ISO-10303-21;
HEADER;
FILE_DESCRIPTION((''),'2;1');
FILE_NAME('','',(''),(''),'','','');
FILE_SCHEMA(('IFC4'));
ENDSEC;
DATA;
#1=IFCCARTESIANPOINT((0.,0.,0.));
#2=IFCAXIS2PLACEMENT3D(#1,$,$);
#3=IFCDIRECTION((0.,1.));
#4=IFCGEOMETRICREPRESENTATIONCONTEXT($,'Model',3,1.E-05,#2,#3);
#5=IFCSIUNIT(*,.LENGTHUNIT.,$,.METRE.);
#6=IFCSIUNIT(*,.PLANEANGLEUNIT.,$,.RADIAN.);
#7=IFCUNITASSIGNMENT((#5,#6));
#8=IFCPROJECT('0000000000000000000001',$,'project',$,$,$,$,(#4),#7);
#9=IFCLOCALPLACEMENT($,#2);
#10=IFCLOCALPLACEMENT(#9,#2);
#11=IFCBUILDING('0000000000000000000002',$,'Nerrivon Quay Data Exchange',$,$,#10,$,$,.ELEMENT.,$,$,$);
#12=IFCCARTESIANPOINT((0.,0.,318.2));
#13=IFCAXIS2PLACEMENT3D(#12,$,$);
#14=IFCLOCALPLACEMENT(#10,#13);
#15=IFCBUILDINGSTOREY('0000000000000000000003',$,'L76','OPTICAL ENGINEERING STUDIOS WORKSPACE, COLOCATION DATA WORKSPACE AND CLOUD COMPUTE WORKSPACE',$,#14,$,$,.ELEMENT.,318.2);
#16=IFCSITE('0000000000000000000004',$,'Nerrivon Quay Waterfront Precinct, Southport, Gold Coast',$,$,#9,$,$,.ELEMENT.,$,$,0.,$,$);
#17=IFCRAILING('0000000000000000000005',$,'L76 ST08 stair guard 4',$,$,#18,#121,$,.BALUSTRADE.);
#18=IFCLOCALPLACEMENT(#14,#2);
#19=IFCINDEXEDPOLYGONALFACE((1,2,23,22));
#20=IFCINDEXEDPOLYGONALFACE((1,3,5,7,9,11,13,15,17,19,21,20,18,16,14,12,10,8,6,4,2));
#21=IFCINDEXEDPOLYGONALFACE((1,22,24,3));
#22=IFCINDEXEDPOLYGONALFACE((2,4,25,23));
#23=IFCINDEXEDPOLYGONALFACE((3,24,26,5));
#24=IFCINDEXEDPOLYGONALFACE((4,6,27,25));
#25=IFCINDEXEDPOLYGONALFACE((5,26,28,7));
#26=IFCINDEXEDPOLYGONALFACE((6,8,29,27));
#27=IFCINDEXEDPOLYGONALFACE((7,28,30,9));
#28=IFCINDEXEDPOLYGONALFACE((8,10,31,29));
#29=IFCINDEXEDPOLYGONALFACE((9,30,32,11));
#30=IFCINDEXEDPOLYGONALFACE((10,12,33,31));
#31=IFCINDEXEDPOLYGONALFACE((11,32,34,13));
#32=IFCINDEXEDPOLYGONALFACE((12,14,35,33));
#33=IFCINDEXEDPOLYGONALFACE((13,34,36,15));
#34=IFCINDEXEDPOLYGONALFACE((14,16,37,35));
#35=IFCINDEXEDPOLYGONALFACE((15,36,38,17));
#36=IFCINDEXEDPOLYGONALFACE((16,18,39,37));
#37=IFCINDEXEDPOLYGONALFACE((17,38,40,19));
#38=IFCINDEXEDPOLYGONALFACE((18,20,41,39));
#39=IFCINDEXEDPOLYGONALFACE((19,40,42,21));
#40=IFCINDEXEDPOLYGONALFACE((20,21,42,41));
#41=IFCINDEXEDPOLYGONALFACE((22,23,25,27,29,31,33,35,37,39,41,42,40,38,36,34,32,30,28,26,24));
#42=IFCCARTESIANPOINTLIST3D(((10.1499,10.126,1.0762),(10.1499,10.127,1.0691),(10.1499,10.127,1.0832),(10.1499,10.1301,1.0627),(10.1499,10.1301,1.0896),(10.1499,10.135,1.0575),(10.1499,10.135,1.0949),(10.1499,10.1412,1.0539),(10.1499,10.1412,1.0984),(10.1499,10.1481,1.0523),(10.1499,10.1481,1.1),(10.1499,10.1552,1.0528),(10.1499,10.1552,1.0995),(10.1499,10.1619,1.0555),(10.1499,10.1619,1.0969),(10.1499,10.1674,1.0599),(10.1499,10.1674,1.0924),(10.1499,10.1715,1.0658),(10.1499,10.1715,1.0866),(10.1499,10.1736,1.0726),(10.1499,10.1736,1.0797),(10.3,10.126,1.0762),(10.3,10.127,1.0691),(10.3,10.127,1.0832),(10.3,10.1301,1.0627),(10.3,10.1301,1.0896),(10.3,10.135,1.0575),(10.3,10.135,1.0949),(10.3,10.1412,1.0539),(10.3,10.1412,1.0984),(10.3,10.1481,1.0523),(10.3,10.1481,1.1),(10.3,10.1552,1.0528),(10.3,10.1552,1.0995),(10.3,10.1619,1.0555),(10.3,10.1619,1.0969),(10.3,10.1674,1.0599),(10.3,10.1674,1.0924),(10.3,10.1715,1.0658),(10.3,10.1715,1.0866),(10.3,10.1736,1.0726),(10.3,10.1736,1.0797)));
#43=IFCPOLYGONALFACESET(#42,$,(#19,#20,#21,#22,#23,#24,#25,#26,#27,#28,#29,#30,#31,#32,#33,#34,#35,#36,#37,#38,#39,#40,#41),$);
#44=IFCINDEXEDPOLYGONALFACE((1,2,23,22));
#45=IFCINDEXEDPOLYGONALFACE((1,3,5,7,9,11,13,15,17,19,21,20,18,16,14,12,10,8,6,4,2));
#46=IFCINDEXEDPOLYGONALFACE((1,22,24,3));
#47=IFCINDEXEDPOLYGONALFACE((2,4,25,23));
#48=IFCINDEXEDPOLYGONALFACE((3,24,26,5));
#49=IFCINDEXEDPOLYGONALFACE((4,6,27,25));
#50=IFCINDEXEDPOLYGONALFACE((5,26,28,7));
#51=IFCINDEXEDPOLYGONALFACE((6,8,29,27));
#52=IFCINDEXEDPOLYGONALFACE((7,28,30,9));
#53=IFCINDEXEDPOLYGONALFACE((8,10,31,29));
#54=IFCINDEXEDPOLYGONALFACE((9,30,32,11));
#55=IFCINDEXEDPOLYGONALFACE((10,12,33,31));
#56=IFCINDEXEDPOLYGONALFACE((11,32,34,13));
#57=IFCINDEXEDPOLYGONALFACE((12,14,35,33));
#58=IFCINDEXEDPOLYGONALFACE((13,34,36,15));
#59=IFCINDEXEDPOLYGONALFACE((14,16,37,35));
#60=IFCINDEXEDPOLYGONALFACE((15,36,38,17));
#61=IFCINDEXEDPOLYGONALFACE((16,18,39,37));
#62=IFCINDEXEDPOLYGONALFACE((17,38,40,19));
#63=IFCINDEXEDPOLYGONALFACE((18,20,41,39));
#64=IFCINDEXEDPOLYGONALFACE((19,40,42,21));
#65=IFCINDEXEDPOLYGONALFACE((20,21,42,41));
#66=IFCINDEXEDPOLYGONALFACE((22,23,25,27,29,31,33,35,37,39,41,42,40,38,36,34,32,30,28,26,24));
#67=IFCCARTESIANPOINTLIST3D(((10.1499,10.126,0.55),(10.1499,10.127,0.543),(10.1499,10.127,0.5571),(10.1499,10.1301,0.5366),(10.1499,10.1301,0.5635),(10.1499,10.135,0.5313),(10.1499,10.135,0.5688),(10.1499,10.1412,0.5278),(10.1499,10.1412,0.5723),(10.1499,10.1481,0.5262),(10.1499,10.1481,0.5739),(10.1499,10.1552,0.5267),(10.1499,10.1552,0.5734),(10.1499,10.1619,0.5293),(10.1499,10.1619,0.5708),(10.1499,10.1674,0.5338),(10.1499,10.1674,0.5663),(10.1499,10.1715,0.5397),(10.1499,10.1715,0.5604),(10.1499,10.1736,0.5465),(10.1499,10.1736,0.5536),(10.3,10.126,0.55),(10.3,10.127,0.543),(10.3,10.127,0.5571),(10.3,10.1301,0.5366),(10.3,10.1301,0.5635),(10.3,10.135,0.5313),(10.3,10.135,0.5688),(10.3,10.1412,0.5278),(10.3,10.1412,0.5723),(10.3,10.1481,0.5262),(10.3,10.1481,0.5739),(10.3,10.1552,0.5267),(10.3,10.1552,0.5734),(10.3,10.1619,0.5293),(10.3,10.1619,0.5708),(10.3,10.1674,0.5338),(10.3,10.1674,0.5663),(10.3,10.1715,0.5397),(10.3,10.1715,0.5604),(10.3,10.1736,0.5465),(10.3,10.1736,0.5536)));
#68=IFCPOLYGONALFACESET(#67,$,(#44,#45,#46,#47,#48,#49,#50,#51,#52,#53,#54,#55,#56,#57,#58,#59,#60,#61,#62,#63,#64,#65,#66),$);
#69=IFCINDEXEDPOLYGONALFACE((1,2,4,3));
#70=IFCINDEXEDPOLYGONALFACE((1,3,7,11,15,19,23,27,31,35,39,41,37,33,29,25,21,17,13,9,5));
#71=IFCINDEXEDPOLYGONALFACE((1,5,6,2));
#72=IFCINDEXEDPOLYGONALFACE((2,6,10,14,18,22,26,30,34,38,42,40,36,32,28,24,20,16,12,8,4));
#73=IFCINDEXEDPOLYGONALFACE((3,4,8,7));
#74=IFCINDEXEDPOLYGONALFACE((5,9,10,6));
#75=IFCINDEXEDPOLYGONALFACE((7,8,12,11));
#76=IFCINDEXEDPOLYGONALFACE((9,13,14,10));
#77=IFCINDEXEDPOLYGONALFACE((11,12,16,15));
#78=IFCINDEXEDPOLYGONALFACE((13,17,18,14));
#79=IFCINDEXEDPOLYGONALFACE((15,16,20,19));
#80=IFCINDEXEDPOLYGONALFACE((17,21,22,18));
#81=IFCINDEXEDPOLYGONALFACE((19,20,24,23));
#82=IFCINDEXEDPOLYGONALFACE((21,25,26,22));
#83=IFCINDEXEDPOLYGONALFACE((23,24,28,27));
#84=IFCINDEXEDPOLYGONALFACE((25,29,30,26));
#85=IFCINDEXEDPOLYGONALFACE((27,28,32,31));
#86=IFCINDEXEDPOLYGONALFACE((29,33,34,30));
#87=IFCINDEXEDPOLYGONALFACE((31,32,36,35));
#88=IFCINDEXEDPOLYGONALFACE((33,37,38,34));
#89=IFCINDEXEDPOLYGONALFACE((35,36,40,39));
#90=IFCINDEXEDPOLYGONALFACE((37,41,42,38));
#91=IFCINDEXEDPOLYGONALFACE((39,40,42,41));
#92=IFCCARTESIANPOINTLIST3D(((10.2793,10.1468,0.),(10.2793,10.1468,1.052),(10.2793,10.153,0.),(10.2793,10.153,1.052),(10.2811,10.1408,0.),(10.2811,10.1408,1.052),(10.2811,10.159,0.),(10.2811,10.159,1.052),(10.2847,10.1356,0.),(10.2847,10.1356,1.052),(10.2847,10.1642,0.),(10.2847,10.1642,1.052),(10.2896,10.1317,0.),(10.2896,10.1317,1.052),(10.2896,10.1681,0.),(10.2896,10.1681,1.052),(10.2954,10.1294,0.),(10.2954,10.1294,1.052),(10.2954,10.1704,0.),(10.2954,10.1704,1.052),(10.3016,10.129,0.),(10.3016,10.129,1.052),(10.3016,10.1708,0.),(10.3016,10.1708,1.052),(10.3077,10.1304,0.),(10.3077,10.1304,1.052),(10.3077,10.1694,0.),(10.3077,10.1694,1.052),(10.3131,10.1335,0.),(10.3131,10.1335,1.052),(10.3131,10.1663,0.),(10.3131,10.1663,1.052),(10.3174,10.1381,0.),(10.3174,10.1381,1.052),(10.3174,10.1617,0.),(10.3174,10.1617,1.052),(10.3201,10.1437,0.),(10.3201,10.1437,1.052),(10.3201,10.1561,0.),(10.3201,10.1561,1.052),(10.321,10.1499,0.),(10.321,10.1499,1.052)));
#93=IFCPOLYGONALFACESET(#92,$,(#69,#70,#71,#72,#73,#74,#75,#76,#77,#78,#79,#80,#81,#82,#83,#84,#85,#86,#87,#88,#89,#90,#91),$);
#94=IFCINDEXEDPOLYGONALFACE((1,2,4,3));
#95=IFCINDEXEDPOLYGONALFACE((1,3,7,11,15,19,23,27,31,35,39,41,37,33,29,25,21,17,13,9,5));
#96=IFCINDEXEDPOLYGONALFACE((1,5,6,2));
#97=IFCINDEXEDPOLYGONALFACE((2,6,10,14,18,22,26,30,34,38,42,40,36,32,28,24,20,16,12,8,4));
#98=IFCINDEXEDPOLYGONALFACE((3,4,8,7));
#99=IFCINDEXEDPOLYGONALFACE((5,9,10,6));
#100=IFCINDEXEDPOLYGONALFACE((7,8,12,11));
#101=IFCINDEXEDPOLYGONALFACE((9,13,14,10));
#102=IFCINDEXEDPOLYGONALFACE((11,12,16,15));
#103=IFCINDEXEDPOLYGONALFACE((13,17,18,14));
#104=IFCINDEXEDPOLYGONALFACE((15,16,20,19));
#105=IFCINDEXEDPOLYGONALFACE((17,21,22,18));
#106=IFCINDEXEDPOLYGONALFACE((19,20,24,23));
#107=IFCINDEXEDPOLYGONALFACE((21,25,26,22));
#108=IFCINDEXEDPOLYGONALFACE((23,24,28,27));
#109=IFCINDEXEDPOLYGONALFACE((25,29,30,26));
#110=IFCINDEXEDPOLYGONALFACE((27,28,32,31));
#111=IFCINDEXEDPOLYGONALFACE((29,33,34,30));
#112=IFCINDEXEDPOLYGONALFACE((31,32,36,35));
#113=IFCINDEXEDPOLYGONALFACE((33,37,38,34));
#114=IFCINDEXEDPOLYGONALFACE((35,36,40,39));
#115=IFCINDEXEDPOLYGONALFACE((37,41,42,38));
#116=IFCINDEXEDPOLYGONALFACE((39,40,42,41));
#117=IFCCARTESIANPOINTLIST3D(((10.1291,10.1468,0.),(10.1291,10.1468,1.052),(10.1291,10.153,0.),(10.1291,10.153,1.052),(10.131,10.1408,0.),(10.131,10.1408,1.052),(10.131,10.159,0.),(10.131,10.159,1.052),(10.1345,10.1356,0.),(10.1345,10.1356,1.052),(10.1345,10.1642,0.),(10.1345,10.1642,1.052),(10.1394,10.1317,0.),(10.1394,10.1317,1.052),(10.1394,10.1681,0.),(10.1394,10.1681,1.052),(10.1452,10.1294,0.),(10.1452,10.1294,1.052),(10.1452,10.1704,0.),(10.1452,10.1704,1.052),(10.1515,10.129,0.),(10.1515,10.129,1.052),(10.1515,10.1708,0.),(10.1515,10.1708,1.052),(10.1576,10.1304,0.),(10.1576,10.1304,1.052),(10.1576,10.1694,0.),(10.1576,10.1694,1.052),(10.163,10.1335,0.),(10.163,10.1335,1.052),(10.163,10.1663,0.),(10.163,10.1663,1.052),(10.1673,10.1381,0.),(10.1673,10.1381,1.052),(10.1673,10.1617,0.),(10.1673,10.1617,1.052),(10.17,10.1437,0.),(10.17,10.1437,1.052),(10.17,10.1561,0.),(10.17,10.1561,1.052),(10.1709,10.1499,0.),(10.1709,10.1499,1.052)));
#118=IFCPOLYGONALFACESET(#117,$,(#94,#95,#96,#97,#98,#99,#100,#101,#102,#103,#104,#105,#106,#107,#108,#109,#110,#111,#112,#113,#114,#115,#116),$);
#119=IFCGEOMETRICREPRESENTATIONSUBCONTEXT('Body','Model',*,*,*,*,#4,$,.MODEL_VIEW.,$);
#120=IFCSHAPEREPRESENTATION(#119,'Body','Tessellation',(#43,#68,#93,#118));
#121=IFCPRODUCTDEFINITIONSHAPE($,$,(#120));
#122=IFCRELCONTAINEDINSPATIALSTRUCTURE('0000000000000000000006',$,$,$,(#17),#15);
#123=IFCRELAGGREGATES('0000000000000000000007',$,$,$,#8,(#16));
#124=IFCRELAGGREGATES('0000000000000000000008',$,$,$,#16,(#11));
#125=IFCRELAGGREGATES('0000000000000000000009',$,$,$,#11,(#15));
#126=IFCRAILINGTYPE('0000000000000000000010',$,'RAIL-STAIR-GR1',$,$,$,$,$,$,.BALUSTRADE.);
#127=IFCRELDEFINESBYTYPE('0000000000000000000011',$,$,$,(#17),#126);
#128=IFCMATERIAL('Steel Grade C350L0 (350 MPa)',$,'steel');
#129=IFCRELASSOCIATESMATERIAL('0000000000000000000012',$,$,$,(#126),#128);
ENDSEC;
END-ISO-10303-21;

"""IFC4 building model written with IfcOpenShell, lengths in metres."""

from ifc_helpers import new_model, si_unit, direction, frame, origin, origin_2d, place, context, subcontext, project, spatial, circle, extrude, material, type_object, element, save


model = new_model("IFC4")

# Units and contexts
model_context = context("Model", 3, precision=1e-05, world=origin(), true_north=direction((0.0, 1.0)))
body_context = subcontext(model_context, "Body", "Model", "MODEL_VIEW")
ifc_project = project(units=[si_unit("LENGTHUNIT", "METRE"), si_unit("PLANEANGLEUNIT", "RADIAN")], contexts=[model_context])

# Site, building, storey
site_placement = place(None, origin())
site = spatial("IfcSite", under=ifc_project, at=site_placement, Name="Nerrivon Quay Waterfront Precinct, Southport, Gold Coast", CompositionType="ELEMENT", RefElevation=0.0)
building_placement = place(site_placement, origin())
building = spatial("IfcBuilding", under=site, at=building_placement, Name="Nerrivon Quay Data Exchange", CompositionType="ELEMENT")
storey_placement = place(building_placement, frame((0.0, 0.0, 318.2)))
storey = spatial("IfcBuildingStorey", under=building, at=storey_placement, Name="L76", Description="OPTICAL ENGINEERING STUDIOS WORKSPACE, COLOCATION DATA WORKSPACE AND CLOUD COMPUTE WORKSPACE", CompositionType="ELEMENT", Elevation=318.2)

# Railing
ifc_material_1 = material(Name="Steel Grade C350L0 (350 MPa)", Category="steel")
railing_type_1 = type_object("IfcRailingType", Name="RAIL-STAIR-GR1", PredefinedType="BALUSTRADE", material=ifc_material_1)
railing_1_placement = place(storey_placement, frame((10.3, 10.1499, 0.0)))
element("IfcRailing", 1, at=railing_1_placement, inside=storey, type_object=railing_type_1, Name="L76 ST08 stair guard 4", PredefinedType="BALUSTRADE", context=body_context, shape_type="SweptSolid", body=[
    extrude(circle(Radius=0.0239, at=origin_2d()), frame((0.0, 0.0, 1.0762), z_axis=(-1.0, 0.0, 0.0), x_axis=(0.0, -1.0, 0.0)), (0.0, 0.0, 1.0), 0.1501),
    extrude(circle(Radius=0.0239, at=origin_2d()), frame((0.0, 0.0, 0.55), z_axis=(-1.0, 0.0, 0.0), x_axis=(0.0, -1.0, 0.0)), (0.0, 0.0, 1.0), 0.1501),
    extrude(circle(Radius=0.021, at=origin_2d()), origin(), (0.0, 0.0, 1.0), 1.052),
    extrude(circle(Radius=0.021, at=origin_2d()), frame((-0.1501, 0.0, 0.0)), (0.0, 0.0, 1.0), 1.052),
])

save(model, "model.ifc")
